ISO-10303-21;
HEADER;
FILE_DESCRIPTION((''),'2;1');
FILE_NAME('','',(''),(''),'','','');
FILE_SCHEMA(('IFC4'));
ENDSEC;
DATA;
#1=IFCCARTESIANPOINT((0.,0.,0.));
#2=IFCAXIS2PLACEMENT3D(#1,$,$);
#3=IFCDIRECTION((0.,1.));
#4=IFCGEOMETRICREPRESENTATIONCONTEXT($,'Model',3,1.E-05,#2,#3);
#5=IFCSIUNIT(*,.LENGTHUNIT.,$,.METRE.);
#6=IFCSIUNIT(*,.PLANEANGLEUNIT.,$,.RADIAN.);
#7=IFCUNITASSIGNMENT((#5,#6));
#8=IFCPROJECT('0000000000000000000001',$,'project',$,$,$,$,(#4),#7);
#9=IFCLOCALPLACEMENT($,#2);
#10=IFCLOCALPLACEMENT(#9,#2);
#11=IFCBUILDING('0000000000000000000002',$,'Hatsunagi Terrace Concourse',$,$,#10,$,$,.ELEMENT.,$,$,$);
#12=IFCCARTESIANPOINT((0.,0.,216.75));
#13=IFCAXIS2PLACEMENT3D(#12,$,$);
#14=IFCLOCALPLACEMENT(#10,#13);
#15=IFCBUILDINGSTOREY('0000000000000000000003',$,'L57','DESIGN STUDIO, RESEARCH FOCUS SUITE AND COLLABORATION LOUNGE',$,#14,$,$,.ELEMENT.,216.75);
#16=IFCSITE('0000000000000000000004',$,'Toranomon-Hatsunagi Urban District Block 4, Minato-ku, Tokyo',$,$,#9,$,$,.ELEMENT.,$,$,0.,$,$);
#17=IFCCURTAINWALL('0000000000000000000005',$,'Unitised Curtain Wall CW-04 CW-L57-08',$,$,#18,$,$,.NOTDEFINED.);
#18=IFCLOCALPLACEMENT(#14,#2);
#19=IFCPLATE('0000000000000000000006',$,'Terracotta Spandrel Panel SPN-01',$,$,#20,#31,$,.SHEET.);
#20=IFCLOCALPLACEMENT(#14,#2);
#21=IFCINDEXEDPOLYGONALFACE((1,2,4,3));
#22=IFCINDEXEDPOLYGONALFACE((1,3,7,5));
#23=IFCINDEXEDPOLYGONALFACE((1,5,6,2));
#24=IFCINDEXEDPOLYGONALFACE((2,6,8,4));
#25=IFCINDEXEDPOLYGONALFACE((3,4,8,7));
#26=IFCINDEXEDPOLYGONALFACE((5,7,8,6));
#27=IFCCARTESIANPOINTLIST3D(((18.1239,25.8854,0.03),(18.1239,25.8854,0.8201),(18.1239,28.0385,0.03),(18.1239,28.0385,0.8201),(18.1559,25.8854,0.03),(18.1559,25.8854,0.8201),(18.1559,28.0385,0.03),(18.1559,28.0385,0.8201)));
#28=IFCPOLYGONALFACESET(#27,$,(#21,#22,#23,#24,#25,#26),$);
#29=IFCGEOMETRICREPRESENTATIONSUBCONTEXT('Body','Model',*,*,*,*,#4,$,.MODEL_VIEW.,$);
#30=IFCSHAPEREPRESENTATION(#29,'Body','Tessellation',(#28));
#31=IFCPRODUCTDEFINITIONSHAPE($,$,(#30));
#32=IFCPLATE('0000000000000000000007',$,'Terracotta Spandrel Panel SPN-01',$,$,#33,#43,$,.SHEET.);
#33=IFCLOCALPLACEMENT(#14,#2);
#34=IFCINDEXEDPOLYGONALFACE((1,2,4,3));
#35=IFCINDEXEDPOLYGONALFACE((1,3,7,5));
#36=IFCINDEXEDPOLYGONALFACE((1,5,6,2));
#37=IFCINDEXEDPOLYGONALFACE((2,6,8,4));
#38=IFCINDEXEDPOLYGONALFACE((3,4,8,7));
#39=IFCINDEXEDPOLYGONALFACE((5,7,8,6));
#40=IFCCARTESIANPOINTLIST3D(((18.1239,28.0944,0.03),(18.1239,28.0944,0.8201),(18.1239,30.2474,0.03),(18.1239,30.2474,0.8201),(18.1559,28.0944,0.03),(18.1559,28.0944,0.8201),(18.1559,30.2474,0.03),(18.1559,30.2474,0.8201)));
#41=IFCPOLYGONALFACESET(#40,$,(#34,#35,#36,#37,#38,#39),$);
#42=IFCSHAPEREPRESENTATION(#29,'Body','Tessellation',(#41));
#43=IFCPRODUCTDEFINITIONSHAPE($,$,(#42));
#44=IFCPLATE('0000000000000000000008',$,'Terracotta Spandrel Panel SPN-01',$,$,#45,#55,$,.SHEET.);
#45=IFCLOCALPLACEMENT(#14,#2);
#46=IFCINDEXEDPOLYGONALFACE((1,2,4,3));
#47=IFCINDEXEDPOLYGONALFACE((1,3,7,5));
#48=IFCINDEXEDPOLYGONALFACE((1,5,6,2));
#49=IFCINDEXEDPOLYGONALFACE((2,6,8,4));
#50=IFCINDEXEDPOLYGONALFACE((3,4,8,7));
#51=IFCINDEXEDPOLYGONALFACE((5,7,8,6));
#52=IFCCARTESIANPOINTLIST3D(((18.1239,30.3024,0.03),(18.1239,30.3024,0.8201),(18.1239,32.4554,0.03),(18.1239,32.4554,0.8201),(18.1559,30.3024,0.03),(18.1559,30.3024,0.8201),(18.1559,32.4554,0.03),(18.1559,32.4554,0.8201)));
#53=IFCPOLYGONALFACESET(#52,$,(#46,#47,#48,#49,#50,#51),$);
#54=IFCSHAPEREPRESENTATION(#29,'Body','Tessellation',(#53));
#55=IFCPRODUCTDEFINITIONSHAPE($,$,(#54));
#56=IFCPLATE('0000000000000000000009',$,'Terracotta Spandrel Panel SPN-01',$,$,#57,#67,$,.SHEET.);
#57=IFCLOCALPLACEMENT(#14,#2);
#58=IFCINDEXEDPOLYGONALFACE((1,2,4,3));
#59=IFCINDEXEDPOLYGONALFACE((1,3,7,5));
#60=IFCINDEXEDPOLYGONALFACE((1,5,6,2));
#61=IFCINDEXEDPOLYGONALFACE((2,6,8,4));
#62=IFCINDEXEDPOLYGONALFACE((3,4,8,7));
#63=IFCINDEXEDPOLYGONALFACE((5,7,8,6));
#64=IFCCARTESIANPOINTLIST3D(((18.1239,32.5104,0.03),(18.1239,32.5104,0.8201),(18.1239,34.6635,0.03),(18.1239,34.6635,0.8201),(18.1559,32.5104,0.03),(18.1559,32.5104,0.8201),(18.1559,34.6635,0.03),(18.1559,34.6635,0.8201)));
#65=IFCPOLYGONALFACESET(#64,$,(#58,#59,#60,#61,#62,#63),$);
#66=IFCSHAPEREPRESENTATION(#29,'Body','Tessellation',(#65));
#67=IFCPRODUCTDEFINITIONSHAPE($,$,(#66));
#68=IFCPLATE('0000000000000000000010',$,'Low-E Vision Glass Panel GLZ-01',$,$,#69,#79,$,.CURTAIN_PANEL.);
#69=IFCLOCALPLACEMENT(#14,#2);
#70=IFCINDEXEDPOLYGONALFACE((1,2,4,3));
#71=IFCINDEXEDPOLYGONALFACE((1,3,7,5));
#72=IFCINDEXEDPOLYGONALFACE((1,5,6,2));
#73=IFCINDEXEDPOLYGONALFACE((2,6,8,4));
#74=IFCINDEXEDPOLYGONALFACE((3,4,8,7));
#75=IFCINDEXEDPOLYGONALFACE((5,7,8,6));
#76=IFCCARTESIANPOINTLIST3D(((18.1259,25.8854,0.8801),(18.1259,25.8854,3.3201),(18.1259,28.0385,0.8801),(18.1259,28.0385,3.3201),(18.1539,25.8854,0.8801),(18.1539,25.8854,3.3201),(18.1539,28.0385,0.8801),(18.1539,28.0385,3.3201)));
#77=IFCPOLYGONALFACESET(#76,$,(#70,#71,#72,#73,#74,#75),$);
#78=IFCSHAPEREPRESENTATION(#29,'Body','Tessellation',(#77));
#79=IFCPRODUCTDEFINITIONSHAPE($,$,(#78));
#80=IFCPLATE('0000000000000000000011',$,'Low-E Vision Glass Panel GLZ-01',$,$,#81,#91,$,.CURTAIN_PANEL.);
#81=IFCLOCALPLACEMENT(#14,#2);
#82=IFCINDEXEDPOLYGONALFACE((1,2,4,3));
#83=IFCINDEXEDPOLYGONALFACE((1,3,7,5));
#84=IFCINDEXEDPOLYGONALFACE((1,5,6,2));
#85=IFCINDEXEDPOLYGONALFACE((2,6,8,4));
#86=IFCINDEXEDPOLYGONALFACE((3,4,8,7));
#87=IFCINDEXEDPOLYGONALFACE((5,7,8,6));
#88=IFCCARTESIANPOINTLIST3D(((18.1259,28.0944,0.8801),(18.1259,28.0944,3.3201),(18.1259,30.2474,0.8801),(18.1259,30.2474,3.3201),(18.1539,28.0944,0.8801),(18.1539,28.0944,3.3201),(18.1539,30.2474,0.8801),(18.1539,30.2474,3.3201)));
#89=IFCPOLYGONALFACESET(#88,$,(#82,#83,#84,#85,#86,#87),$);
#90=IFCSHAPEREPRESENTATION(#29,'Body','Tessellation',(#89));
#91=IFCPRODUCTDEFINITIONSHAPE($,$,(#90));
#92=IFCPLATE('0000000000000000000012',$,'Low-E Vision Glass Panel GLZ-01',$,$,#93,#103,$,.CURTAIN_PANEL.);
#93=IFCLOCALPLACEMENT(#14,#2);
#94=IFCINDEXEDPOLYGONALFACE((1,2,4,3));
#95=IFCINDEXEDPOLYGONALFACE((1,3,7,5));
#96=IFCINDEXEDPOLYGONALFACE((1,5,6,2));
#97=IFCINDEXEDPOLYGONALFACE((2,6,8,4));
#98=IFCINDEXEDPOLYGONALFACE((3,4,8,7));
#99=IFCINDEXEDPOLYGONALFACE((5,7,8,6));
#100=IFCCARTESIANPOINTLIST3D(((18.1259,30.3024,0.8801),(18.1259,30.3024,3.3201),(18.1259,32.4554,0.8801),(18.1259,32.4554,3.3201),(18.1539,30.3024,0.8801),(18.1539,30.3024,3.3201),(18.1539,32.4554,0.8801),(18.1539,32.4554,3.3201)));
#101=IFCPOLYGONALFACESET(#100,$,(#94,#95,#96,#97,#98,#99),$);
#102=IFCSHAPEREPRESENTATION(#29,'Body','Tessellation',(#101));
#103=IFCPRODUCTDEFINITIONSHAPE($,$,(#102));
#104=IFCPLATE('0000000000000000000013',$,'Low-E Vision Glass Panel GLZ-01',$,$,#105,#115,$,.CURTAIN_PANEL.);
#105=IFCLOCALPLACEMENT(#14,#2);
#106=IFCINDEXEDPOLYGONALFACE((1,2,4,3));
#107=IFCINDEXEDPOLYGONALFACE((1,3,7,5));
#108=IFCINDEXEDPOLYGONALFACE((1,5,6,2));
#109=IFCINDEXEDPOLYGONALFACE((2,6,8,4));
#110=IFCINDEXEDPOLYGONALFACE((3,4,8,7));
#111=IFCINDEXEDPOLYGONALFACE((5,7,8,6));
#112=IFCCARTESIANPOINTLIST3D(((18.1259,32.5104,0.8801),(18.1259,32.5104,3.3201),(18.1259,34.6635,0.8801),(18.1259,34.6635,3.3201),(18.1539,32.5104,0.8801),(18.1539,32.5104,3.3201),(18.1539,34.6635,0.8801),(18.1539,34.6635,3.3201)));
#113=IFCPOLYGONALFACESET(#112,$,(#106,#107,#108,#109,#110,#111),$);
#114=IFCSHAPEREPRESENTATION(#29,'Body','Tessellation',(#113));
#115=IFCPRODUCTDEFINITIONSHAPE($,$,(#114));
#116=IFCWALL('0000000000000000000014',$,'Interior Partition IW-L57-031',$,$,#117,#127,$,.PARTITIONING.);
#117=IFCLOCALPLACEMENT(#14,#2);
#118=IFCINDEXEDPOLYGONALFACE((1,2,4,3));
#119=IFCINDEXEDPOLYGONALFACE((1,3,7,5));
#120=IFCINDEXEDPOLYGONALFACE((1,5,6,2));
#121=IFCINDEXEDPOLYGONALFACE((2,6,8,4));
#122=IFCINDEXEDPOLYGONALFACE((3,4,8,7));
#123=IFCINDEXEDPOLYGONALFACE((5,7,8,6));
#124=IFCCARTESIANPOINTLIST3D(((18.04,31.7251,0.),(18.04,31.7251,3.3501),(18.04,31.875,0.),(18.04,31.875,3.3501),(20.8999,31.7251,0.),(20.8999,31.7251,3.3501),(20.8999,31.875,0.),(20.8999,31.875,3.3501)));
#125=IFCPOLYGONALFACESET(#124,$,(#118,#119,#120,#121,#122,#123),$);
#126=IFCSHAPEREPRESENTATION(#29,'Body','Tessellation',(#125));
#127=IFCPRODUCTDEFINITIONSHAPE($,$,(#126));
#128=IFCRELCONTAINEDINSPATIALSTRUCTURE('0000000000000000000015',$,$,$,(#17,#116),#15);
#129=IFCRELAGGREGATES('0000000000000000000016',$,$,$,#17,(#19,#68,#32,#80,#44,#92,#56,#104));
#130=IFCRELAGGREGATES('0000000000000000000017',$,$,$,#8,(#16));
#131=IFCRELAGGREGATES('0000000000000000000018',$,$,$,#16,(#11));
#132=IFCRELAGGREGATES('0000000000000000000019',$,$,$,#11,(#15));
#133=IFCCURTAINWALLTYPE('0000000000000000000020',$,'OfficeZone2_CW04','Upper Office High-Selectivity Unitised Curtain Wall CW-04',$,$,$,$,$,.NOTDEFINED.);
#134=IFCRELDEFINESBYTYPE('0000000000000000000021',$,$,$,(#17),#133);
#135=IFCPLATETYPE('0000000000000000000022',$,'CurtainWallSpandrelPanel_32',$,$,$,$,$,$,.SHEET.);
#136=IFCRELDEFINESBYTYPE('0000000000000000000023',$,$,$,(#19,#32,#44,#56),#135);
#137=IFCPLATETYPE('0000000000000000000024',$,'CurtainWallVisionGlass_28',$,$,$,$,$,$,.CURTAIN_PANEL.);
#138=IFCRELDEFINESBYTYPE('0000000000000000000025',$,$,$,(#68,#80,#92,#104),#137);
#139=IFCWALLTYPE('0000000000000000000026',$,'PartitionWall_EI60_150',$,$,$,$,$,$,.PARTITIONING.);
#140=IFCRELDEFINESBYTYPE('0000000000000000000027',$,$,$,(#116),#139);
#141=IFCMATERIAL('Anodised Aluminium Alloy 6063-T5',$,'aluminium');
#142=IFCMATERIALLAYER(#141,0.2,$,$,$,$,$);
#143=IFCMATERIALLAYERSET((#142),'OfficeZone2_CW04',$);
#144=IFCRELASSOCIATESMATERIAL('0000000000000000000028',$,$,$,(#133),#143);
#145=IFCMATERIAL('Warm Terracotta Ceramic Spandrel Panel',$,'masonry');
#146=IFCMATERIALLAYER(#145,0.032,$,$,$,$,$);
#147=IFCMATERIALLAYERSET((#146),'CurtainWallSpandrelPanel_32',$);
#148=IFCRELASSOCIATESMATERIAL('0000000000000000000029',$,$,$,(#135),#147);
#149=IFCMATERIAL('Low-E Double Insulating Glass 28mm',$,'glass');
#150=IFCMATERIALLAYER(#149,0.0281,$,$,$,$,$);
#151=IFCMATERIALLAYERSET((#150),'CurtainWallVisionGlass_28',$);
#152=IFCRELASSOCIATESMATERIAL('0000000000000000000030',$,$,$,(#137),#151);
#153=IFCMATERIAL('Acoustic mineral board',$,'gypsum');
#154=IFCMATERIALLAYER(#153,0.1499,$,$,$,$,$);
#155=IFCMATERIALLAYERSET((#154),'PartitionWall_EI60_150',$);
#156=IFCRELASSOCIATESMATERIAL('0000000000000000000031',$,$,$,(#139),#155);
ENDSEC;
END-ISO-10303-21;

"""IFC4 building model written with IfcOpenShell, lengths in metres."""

from ifc_helpers import new_model, si_unit, direction, frame, frame_2d, origin, origin_2d, place, context, subcontext, project, spatial, rectangle, extrude, material, layer, layer_set, type_object, element, aggregate, save


model = new_model("IFC4")

# Units and contexts
model_context = context("Model", 3, precision=1e-05, world=origin(), true_north=direction((0.0, 1.0)))
body_context = subcontext(model_context, "Body", "Model", "MODEL_VIEW")
ifc_project = project(units=[si_unit("LENGTHUNIT", "METRE"), si_unit("PLANEANGLEUNIT", "RADIAN")], contexts=[model_context])

# Site, building, storey
site_placement = place(None, origin())
site = spatial("IfcSite", under=ifc_project, at=site_placement, Name="Toranomon-Hatsunagi Urban District Block 4, Minato-ku, Tokyo", CompositionType="ELEMENT", RefElevation=0.0)
building_placement = place(site_placement, origin())
building = spatial("IfcBuilding", under=site, at=building_placement, Name="Hatsunagi Terrace Concourse", CompositionType="ELEMENT")
storey_placement = place(building_placement, frame((0.0, 0.0, 216.75)))
storey = spatial("IfcBuildingStorey", under=building, at=storey_placement, Name="L57", Description="DESIGN STUDIO, RESEARCH FOCUS SUITE AND COLLABORATION LOUNGE", CompositionType="ELEMENT", Elevation=216.75)

# Curtain wall
ifc_material_1 = material(Name="Anodised Aluminium Alloy 6063-T5", Category="aluminium")
ifc_layer_1 = layer(ifc_material_1, 0.2)
ifc_layer_set_1 = layer_set([ifc_layer_1], Name="OfficeZone2_CW04")
curtain_wall_type = type_object("IfcCurtainWallType", Name="OfficeZone2_CW04", Description="Upper Office High-Selectivity Unitised Curtain Wall CW-04", PredefinedType="NOTDEFINED", material=ifc_layer_set_1)
curtain_wall_placement = place(storey_placement, origin())
curtain_wall = element("IfcCurtainWall", 1, at=curtain_wall_placement, inside=storey, type_object=curtain_wall_type, Name="Unitised Curtain Wall CW-04 CW-L57-08", PredefinedType="NOTDEFINED")

# Plates
ifc_material_2 = material(Name="Warm Terracotta Ceramic Spandrel Panel", Category="masonry")
ifc_layer_2 = layer(ifc_material_2, 0.032)
ifc_layer_set_2 = layer_set([ifc_layer_2], Name="CurtainWallSpandrelPanel_32")
plate_type_1 = type_object("IfcPlateType", Name="CurtainWallSpandrelPanel_32", PredefinedType="SHEET", material=ifc_layer_set_2)
plate_1_placement = place(storey_placement, frame((18.1399, 26.9619, 0.03), z_axis=(0.0, 0.0, 1.0), x_axis=(0.0, 1.0, 0.0)))
plate_1 = element("IfcPlate", 2, at=plate_1_placement, type_object=plate_type_1, Name="Terracotta Spandrel Panel SPN-01", PredefinedType="SHEET", context=body_context, shape_type="SweptSolid", body=[
    extrude(rectangle(XDim=2.1531, YDim=0.032, at=origin_2d()), origin(), (0.0, 0.0, 1.0), 0.79),
])
plate_2_placement = place(storey_placement, frame((18.1399, 29.1709, 0.03), z_axis=(0.0, 0.0, 1.0), x_axis=(0.0, 1.0, 0.0)))
plate_2 = element("IfcPlate", 3, at=plate_2_placement, type_object=plate_type_1, Name="Terracotta Spandrel Panel SPN-01", PredefinedType="SHEET", context=body_context, shape_type="SweptSolid", body=[
    extrude(rectangle(XDim=2.1531, YDim=0.032, at=origin_2d()), origin(), (0.0, 0.0, 1.0), 0.79),
])
plate_3_placement = place(storey_placement, frame((18.1399, 31.3789, 0.03), z_axis=(0.0, 0.0, 1.0), x_axis=(0.0, 1.0, 0.0)))
plate_3 = element("IfcPlate", 4, at=plate_3_placement, type_object=plate_type_1, Name="Terracotta Spandrel Panel SPN-01", PredefinedType="SHEET", context=body_context, shape_type="SweptSolid", body=[
    extrude(rectangle(XDim=2.1531, YDim=0.032, at=origin_2d()), origin(), (0.0, 0.0, 1.0), 0.79),
])
plate_4_placement = place(storey_placement, frame((18.1399, 33.5869, 0.03), z_axis=(0.0, 0.0, 1.0), x_axis=(0.0, 1.0, 0.0)))
plate_4 = element("IfcPlate", 5, at=plate_4_placement, type_object=plate_type_1, Name="Terracotta Spandrel Panel SPN-01", PredefinedType="SHEET", context=body_context, shape_type="SweptSolid", body=[
    extrude(rectangle(XDim=2.1531, YDim=0.032, at=origin_2d()), origin(), (0.0, 0.0, 1.0), 0.79),
])
ifc_material_3 = material(Name="Low-E Double Insulating Glass 28mm", Category="glass")
ifc_layer_3 = layer(ifc_material_3, 0.0281)
ifc_layer_set_3 = layer_set([ifc_layer_3], Name="CurtainWallVisionGlass_28")
plate_type_2 = type_object("IfcPlateType", Name="CurtainWallVisionGlass_28", PredefinedType="CURTAIN_PANEL", material=ifc_layer_set_3)
plate_5_placement = place(storey_placement, frame((18.1399, 26.9619, 0.8801), z_axis=(0.0, 0.0, 1.0), x_axis=(0.0, 1.0, 0.0)))
plate_5 = element("IfcPlate", 6, at=plate_5_placement, type_object=plate_type_2, Name="Low-E Vision Glass Panel GLZ-01", PredefinedType="CURTAIN_PANEL", context=body_context, shape_type="SweptSolid", body=[
    extrude(rectangle(XDim=2.1531, YDim=0.0281, at=origin_2d()), origin(), (0.0, 0.0, 1.0), 2.4399),
])
plate_6_placement = place(storey_placement, frame((18.1399, 29.1709, 0.8801), z_axis=(0.0, 0.0, 1.0), x_axis=(0.0, 1.0, 0.0)))
plate_6 = element("IfcPlate", 7, at=plate_6_placement, type_object=plate_type_2, Name="Low-E Vision Glass Panel GLZ-01", PredefinedType="CURTAIN_PANEL", context=body_context, shape_type="SweptSolid", body=[
    extrude(rectangle(XDim=2.1531, YDim=0.0281, at=origin_2d()), origin(), (0.0, 0.0, 1.0), 2.4399),
])
plate_7_placement = place(storey_placement, frame((18.1399, 31.3789, 0.8801), z_axis=(0.0, 0.0, 1.0), x_axis=(0.0, 1.0, 0.0)))
plate_7 = element("IfcPlate", 8, at=plate_7_placement, type_object=plate_type_2, Name="Low-E Vision Glass Panel GLZ-01", PredefinedType="CURTAIN_PANEL", context=body_context, shape_type="SweptSolid", body=[
    extrude(rectangle(XDim=2.1531, YDim=0.0281, at=origin_2d()), origin(), (0.0, 0.0, 1.0), 2.4399),
])
plate_8_placement = place(storey_placement, frame((18.1399, 33.5869, 0.8801), z_axis=(0.0, 0.0, 1.0), x_axis=(0.0, 1.0, 0.0)))
plate_8 = element("IfcPlate", 9, at=plate_8_placement, type_object=plate_type_2, Name="Low-E Vision Glass Panel GLZ-01", PredefinedType="CURTAIN_PANEL", context=body_context, shape_type="SweptSolid", body=[
    extrude(rectangle(XDim=2.1531, YDim=0.0281, at=origin_2d()), origin(), (0.0, 0.0, 1.0), 2.4399),
])
aggregate(curtain_wall, [plate_1, plate_5, plate_2, plate_6, plate_3, plate_7, plate_4, plate_8])

# Wall
ifc_material_4 = material(Name="Acoustic mineral board", Category="gypsum")
ifc_layer_4 = layer(ifc_material_4, 0.1499)
ifc_layer_set_4 = layer_set([ifc_layer_4], Name="PartitionWall_EI60_150")
wall_type = type_object("IfcWallType", Name="PartitionWall_EI60_150", PredefinedType="PARTITIONING", material=ifc_layer_set_4)
wall_placement = place(storey_placement, frame((18.04, 31.8, 0.0), z_axis=(0.0, 0.0, 1.0), x_axis=(1.0, 0.0, 0.0)))
element("IfcWall", 10, at=wall_placement, inside=storey, type_object=wall_type, Name="Interior Partition IW-L57-031", PredefinedType="PARTITIONING", context=body_context, shape_type="SweptSolid", body=[
    extrude(rectangle(XDim=2.8599, YDim=0.1499, at=frame_2d((1.4299, 0.0))), origin(), (0.0, 0.0, 1.0), 3.3501),
])

save(model, "model.ifc")
